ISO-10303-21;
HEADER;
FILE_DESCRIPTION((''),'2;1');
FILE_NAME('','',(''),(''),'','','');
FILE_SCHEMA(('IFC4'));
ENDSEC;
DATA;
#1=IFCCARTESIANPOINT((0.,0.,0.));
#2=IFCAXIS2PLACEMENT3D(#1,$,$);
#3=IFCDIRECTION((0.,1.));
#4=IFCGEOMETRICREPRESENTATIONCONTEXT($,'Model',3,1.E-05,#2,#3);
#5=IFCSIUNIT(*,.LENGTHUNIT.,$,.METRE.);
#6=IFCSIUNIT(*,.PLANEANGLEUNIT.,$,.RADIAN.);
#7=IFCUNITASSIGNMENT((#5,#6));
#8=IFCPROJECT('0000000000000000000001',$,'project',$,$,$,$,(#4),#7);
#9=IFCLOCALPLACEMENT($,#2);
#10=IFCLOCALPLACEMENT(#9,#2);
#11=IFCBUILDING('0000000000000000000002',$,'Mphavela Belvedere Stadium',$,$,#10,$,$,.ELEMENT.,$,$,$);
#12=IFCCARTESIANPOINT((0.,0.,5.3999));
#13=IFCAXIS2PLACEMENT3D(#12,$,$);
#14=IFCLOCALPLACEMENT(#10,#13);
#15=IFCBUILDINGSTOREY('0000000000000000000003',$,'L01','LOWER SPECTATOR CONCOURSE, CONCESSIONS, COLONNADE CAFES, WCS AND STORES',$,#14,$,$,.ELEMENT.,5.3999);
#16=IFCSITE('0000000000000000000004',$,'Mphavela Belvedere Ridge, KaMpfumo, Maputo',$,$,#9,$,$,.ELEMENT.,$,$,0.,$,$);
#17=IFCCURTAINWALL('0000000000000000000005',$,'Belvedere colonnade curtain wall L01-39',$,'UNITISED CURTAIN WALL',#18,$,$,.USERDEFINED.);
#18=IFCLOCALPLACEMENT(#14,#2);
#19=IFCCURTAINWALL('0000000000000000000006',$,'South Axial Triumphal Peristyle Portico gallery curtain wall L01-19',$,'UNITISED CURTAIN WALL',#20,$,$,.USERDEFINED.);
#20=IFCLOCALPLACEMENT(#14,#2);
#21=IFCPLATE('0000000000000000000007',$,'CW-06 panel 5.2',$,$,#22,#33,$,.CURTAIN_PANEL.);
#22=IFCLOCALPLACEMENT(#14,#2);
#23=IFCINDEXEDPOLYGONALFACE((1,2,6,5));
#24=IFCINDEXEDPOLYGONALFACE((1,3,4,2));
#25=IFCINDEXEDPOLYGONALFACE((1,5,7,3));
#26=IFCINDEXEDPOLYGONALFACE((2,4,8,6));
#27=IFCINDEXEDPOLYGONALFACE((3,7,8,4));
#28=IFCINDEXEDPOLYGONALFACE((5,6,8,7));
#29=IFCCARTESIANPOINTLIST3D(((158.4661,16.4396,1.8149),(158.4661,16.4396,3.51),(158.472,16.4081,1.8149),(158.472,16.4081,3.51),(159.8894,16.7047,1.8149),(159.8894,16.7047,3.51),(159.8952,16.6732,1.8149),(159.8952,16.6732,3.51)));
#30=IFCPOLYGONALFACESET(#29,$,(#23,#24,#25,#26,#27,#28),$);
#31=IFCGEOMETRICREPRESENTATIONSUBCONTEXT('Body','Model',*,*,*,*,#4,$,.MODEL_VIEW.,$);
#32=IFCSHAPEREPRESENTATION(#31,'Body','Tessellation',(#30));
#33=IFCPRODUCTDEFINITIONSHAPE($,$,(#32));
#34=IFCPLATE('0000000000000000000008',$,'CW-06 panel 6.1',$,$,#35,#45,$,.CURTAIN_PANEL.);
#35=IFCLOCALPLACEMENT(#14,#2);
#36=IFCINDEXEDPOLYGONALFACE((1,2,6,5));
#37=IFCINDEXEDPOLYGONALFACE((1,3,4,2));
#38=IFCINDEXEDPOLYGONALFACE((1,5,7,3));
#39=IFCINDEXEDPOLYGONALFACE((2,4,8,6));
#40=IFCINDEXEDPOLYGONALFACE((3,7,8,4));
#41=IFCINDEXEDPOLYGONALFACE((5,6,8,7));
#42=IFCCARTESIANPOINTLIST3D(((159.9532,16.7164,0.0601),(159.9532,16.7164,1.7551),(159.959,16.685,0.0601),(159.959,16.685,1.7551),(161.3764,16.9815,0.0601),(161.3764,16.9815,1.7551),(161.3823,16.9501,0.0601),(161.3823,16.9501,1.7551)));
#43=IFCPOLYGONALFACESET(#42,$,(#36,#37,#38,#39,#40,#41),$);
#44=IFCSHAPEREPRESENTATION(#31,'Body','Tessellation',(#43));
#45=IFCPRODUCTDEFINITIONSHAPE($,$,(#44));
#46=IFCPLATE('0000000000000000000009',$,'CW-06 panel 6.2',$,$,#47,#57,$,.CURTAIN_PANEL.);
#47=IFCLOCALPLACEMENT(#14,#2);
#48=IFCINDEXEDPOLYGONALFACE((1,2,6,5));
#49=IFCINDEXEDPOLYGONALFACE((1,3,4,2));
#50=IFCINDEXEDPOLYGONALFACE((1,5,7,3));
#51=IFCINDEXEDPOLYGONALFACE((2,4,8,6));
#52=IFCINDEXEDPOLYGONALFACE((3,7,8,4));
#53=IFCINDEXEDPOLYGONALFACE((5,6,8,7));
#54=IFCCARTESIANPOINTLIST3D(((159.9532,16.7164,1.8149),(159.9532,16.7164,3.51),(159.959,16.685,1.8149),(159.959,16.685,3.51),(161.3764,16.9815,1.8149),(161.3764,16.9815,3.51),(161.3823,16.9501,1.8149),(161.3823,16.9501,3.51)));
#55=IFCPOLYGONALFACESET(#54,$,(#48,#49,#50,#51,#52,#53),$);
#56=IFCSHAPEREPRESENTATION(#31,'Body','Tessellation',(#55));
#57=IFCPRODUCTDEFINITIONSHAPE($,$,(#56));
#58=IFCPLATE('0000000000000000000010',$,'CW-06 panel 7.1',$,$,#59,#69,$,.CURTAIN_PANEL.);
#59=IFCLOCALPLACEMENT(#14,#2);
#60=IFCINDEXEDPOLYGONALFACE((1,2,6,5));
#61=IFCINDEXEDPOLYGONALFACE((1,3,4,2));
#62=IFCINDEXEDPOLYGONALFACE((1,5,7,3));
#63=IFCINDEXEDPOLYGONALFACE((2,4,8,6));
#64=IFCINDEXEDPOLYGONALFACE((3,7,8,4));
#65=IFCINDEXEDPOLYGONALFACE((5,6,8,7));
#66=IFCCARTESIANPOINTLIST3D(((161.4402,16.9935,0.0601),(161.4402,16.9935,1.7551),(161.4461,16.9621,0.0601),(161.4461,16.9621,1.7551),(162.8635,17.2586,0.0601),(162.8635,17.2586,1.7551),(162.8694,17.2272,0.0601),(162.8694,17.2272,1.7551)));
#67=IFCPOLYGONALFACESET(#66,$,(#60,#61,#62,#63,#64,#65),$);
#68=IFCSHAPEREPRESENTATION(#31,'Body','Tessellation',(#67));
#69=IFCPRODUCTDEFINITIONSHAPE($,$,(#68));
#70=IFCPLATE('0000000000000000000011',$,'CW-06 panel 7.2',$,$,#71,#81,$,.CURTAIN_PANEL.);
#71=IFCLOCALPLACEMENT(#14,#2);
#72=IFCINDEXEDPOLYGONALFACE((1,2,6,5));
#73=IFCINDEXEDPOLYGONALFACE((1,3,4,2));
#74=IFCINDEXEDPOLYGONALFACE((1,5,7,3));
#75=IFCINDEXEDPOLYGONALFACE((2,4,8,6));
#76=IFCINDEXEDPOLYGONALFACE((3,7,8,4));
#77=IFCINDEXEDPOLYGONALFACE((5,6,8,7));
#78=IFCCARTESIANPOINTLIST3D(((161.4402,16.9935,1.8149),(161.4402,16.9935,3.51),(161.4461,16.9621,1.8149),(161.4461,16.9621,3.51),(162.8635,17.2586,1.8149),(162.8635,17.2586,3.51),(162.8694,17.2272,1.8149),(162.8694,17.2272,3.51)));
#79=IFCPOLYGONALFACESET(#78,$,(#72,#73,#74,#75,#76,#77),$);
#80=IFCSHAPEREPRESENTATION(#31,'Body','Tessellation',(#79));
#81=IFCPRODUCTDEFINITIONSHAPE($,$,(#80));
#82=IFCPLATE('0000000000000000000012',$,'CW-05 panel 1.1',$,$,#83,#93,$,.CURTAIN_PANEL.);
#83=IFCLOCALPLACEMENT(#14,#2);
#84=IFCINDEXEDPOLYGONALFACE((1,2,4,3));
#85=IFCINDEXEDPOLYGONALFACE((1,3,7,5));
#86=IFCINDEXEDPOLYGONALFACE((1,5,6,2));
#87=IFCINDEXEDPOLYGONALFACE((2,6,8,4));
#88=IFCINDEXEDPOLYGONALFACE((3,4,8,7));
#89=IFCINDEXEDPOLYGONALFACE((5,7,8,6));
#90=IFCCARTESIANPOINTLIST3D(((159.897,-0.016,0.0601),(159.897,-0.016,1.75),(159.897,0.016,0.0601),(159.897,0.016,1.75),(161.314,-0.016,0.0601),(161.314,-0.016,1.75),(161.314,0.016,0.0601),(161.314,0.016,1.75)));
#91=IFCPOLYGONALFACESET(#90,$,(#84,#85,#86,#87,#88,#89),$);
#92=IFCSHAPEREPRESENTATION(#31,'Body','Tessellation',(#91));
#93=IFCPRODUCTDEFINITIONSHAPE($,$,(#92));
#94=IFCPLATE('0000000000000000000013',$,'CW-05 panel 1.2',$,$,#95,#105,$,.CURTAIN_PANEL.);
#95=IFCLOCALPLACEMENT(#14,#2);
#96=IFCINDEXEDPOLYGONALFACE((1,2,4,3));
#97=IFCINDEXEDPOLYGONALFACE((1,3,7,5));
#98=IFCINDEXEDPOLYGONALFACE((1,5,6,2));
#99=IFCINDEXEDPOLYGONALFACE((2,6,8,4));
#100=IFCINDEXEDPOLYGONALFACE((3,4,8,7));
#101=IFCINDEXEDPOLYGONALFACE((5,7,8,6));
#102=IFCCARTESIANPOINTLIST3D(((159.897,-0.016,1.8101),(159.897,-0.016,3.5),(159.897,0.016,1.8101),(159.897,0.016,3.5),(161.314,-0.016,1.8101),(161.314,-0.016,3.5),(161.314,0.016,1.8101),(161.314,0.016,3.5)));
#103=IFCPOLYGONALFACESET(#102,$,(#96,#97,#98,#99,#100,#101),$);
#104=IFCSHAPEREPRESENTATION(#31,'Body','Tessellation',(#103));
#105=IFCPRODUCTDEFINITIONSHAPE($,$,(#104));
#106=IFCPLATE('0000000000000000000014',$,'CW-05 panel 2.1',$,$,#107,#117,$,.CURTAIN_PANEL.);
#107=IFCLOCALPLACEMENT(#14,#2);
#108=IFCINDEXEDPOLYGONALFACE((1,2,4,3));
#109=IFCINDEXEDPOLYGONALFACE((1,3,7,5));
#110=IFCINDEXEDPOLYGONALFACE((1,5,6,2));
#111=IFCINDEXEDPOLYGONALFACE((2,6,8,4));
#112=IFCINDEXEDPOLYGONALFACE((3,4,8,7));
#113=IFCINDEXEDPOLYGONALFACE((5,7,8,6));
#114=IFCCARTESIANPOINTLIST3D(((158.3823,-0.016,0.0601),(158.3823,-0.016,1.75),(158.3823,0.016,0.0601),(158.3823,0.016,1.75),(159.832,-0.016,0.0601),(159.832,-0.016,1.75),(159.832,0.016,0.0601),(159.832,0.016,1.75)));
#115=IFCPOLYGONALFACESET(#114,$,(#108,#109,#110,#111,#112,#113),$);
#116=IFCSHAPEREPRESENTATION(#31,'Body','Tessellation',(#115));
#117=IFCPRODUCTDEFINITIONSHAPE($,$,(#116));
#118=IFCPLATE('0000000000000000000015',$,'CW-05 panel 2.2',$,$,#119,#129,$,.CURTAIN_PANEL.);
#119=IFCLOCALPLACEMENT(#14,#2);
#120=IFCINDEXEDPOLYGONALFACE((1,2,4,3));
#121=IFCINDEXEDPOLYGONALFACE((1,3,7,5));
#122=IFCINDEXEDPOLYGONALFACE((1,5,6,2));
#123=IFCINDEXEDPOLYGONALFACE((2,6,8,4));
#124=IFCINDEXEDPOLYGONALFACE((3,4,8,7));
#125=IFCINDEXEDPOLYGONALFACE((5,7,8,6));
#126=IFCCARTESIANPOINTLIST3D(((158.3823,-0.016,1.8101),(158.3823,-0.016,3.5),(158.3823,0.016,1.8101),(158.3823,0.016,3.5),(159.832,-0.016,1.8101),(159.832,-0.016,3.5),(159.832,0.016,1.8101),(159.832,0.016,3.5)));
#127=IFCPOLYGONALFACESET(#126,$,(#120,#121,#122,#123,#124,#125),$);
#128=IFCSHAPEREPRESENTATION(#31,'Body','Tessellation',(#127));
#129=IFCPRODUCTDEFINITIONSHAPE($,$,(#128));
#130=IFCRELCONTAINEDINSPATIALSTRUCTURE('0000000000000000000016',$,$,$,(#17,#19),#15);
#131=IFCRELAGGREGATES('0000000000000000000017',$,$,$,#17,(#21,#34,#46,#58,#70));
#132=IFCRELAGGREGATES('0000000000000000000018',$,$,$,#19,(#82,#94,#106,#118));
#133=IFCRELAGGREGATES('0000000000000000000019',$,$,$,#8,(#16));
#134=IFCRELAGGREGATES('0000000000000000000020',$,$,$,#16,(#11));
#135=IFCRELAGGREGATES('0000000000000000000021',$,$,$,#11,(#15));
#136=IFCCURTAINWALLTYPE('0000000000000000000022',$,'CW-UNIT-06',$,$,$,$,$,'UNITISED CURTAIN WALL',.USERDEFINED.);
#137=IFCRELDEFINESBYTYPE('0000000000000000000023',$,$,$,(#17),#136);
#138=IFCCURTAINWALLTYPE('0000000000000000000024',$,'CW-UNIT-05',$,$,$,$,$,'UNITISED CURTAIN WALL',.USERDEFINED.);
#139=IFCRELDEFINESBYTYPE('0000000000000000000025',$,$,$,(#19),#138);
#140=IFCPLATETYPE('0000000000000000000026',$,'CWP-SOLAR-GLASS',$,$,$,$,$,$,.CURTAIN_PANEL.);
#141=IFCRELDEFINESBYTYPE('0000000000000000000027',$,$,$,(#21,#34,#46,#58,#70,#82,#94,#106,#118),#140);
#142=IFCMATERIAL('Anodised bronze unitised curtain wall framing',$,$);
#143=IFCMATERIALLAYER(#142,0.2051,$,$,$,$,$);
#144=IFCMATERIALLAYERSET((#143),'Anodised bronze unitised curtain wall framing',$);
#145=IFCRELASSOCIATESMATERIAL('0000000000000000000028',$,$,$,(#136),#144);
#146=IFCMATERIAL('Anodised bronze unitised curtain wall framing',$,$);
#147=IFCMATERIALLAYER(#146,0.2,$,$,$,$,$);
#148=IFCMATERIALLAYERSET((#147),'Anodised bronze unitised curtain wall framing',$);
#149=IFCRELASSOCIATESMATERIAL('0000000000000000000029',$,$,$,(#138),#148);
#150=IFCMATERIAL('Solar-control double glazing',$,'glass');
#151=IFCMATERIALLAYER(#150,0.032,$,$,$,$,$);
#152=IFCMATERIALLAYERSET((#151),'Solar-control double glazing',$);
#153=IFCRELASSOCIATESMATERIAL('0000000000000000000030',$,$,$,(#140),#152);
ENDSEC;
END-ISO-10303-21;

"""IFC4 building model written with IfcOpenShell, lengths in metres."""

from ifc_helpers import new_model, si_unit, direction, frame, origin, origin_2d, place, context, subcontext, project, spatial, rectangle, extrude, material, layer, layer_set, type_object, element, aggregate, save


model = new_model("IFC4")

# Units and contexts
model_context = context("Model", 3, precision=1e-05, world=origin(), true_north=direction((0.0, 1.0)))
body_context = subcontext(model_context, "Body", "Model", "MODEL_VIEW")
ifc_project = project(units=[si_unit("LENGTHUNIT", "METRE"), si_unit("PLANEANGLEUNIT", "RADIAN")], contexts=[model_context])

# Site, building, storey
site_placement = place(None, origin())
site = spatial("IfcSite", under=ifc_project, at=site_placement, Name="Mphavela Belvedere Ridge, KaMpfumo, Maputo", CompositionType="ELEMENT", RefElevation=0.0)
building_placement = place(site_placement, origin())
building = spatial("IfcBuilding", under=site, at=building_placement, Name="Mphavela Belvedere Stadium", CompositionType="ELEMENT")
storey_placement = place(building_placement, frame((0.0, 0.0, 5.3999)))
storey = spatial("IfcBuildingStorey", under=building, at=storey_placement, Name="L01", Description="LOWER SPECTATOR CONCOURSE, CONCESSIONS, COLONNADE CAFES, WCS AND STORES", CompositionType="ELEMENT", Elevation=5.3999)

# Curtain walls
ifc_material_1 = material(Name="Anodised bronze unitised curtain wall framing")
ifc_layer_1 = layer(ifc_material_1, 0.2051)
ifc_layer_set_1 = layer_set([ifc_layer_1], Name="Anodised bronze unitised curtain wall framing")
curtain_wall_type_1 = type_object("IfcCurtainWallType", Name="CW-UNIT-06", ElementType="UNITISED CURTAIN WALL", PredefinedType="USERDEFINED", material=ifc_layer_set_1)
curtain_wall_1_placement = place(storey_placement, origin())
curtain_wall_1 = element("IfcCurtainWall", 1, at=curtain_wall_1_placement, inside=storey, type_object=curtain_wall_type_1, Name="Belvedere colonnade curtain wall L01-39", ObjectType="UNITISED CURTAIN WALL", PredefinedType="USERDEFINED")
ifc_material_2 = material(Name="Anodised bronze unitised curtain wall framing")
ifc_layer_2 = layer(ifc_material_2, 0.2)
ifc_layer_set_2 = layer_set([ifc_layer_2], Name="Anodised bronze unitised curtain wall framing")
curtain_wall_type_2 = type_object("IfcCurtainWallType", Name="CW-UNIT-05", ElementType="UNITISED CURTAIN WALL", PredefinedType="USERDEFINED", material=ifc_layer_set_2)
curtain_wall_2_placement = place(storey_placement, origin())
curtain_wall_2 = element("IfcCurtainWall", 2, at=curtain_wall_2_placement, inside=storey, type_object=curtain_wall_type_2, Name="South Axial Triumphal Peristyle Portico gallery curtain wall L01-19", ObjectType="UNITISED CURTAIN WALL", PredefinedType="USERDEFINED")

# Plates
ifc_material_3 = material(Name="Solar-control double glazing", Category="glass")
ifc_layer_3 = layer(ifc_material_3, 0.032)
ifc_layer_set_3 = layer_set([ifc_layer_3], Name="Solar-control double glazing")
plate_type = type_object("IfcPlateType", Name="CWP-SOLAR-GLASS", PredefinedType="CURTAIN_PANEL", material=ifc_layer_set_3)
plate_1_placement = place(storey_placement, frame((159.1807, 16.5564, 1.8149), z_axis=(0.0, 0.0, 1.0), x_axis=(0.983095, 0.183095, 0.0)))
plate_1 = element("IfcPlate", 3, at=plate_1_placement, type_object=plate_type, Name="CW-06 panel 5.2", PredefinedType="CURTAIN_PANEL", context=body_context, shape_type="SweptSolid", body=[
    extrude(rectangle(XDim=1.4478, YDim=0.032, at=origin_2d()), origin(), (0.0, 0.0, 1.0), 1.6951),
])
plate_2_placement = place(storey_placement, frame((160.6677, 16.8333, 0.0601), z_axis=(0.0, 0.0, 1.0), x_axis=(0.983095, 0.183095, 0.0)))
plate_2 = element("IfcPlate", 4, at=plate_2_placement, type_object=plate_type, Name="CW-06 panel 6.1", PredefinedType="CURTAIN_PANEL", context=body_context, shape_type="SweptSolid", body=[
    extrude(rectangle(XDim=1.4478, YDim=0.032, at=origin_2d()), origin(), (0.0, 0.0, 1.0), 1.6951),
])
plate_3_placement = place(storey_placement, frame((160.6677, 16.8333, 1.8149), z_axis=(0.0, 0.0, 1.0), x_axis=(0.983095, 0.183095, 0.0)))
plate_3 = element("IfcPlate", 5, at=plate_3_placement, type_object=plate_type, Name="CW-06 panel 6.2", PredefinedType="CURTAIN_PANEL", context=body_context, shape_type="SweptSolid", body=[
    extrude(rectangle(XDim=1.4478, YDim=0.032, at=origin_2d()), origin(), (0.0, 0.0, 1.0), 1.6951),
])
plate_4_placement = place(storey_placement, frame((162.1548, 17.1104, 0.0601), z_axis=(0.0, 0.0, 1.0), x_axis=(0.983095, 0.183095, 0.0)))
plate_4 = element("IfcPlate", 6, at=plate_4_placement, type_object=plate_type, Name="CW-06 panel 7.1", PredefinedType="CURTAIN_PANEL", context=body_context, shape_type="SweptSolid", body=[
    extrude(rectangle(XDim=1.4478, YDim=0.032, at=origin_2d()), origin(), (0.0, 0.0, 1.0), 1.6951),
])
plate_5_placement = place(storey_placement, frame((162.1548, 17.1104, 1.8149), z_axis=(0.0, 0.0, 1.0), x_axis=(0.983095, 0.183095, 0.0)))
plate_5 = element("IfcPlate", 7, at=plate_5_placement, type_object=plate_type, Name="CW-06 panel 7.2", PredefinedType="CURTAIN_PANEL", context=body_context, shape_type="SweptSolid", body=[
    extrude(rectangle(XDim=1.4478, YDim=0.032, at=origin_2d()), origin(), (0.0, 0.0, 1.0), 1.6951),
])
aggregate(curtain_wall_1, [plate_1, plate_2, plate_3, plate_4, plate_5])
plate_6_placement = place(storey_placement, frame((160.6055, 0.0, 0.0601), z_axis=(0.0, 0.0, 1.0), x_axis=(-1.0, 0.0, 0.0)))
plate_6 = element("IfcPlate", 8, at=plate_6_placement, type_object=plate_type, Name="CW-05 panel 1.1", PredefinedType="CURTAIN_PANEL", context=body_context, shape_type="SweptSolid", body=[
    extrude(rectangle(XDim=1.417, YDim=0.032, at=origin_2d()), origin(), (0.0, 0.0, 1.0), 1.6899),
])
plate_7_placement = place(storey_placement, frame((160.6055, 0.0, 1.8101), z_axis=(0.0, 0.0, 1.0), x_axis=(-1.0, 0.0, 0.0)))
plate_7 = element("IfcPlate", 9, at=plate_7_placement, type_object=plate_type, Name="CW-05 panel 1.2", PredefinedType="CURTAIN_PANEL", context=body_context, shape_type="SweptSolid", body=[
    extrude(rectangle(XDim=1.417, YDim=0.032, at=origin_2d()), origin(), (0.0, 0.0, 1.0), 1.6899),
])
plate_8_placement = place(storey_placement, frame((159.1072, 0.0, 0.0601), z_axis=(0.0, 0.0, 1.0), x_axis=(-1.0, 0.0, 0.0)))
plate_8 = element("IfcPlate", 10, at=plate_8_placement, type_object=plate_type, Name="CW-05 panel 2.1", PredefinedType="CURTAIN_PANEL", context=body_context, shape_type="SweptSolid", body=[
    extrude(rectangle(XDim=1.4497, YDim=0.032, at=origin_2d()), origin(), (0.0, 0.0, 1.0), 1.6899),
])
plate_9_placement = place(storey_placement, frame((159.1072, 0.0, 1.8101), z_axis=(0.0, 0.0, 1.0), x_axis=(-1.0, 0.0, 0.0)))
plate_9 = element("IfcPlate", 11, at=plate_9_placement, type_object=plate_type, Name="CW-05 panel 2.2", PredefinedType="CURTAIN_PANEL", context=body_context, shape_type="SweptSolid", body=[
    extrude(rectangle(XDim=1.4497, YDim=0.032, at=origin_2d()), origin(), (0.0, 0.0, 1.0), 1.6899),
])
aggregate(curtain_wall_2, [plate_6, plate_7, plate_8, plate_9])

save(model, "model.ifc")
